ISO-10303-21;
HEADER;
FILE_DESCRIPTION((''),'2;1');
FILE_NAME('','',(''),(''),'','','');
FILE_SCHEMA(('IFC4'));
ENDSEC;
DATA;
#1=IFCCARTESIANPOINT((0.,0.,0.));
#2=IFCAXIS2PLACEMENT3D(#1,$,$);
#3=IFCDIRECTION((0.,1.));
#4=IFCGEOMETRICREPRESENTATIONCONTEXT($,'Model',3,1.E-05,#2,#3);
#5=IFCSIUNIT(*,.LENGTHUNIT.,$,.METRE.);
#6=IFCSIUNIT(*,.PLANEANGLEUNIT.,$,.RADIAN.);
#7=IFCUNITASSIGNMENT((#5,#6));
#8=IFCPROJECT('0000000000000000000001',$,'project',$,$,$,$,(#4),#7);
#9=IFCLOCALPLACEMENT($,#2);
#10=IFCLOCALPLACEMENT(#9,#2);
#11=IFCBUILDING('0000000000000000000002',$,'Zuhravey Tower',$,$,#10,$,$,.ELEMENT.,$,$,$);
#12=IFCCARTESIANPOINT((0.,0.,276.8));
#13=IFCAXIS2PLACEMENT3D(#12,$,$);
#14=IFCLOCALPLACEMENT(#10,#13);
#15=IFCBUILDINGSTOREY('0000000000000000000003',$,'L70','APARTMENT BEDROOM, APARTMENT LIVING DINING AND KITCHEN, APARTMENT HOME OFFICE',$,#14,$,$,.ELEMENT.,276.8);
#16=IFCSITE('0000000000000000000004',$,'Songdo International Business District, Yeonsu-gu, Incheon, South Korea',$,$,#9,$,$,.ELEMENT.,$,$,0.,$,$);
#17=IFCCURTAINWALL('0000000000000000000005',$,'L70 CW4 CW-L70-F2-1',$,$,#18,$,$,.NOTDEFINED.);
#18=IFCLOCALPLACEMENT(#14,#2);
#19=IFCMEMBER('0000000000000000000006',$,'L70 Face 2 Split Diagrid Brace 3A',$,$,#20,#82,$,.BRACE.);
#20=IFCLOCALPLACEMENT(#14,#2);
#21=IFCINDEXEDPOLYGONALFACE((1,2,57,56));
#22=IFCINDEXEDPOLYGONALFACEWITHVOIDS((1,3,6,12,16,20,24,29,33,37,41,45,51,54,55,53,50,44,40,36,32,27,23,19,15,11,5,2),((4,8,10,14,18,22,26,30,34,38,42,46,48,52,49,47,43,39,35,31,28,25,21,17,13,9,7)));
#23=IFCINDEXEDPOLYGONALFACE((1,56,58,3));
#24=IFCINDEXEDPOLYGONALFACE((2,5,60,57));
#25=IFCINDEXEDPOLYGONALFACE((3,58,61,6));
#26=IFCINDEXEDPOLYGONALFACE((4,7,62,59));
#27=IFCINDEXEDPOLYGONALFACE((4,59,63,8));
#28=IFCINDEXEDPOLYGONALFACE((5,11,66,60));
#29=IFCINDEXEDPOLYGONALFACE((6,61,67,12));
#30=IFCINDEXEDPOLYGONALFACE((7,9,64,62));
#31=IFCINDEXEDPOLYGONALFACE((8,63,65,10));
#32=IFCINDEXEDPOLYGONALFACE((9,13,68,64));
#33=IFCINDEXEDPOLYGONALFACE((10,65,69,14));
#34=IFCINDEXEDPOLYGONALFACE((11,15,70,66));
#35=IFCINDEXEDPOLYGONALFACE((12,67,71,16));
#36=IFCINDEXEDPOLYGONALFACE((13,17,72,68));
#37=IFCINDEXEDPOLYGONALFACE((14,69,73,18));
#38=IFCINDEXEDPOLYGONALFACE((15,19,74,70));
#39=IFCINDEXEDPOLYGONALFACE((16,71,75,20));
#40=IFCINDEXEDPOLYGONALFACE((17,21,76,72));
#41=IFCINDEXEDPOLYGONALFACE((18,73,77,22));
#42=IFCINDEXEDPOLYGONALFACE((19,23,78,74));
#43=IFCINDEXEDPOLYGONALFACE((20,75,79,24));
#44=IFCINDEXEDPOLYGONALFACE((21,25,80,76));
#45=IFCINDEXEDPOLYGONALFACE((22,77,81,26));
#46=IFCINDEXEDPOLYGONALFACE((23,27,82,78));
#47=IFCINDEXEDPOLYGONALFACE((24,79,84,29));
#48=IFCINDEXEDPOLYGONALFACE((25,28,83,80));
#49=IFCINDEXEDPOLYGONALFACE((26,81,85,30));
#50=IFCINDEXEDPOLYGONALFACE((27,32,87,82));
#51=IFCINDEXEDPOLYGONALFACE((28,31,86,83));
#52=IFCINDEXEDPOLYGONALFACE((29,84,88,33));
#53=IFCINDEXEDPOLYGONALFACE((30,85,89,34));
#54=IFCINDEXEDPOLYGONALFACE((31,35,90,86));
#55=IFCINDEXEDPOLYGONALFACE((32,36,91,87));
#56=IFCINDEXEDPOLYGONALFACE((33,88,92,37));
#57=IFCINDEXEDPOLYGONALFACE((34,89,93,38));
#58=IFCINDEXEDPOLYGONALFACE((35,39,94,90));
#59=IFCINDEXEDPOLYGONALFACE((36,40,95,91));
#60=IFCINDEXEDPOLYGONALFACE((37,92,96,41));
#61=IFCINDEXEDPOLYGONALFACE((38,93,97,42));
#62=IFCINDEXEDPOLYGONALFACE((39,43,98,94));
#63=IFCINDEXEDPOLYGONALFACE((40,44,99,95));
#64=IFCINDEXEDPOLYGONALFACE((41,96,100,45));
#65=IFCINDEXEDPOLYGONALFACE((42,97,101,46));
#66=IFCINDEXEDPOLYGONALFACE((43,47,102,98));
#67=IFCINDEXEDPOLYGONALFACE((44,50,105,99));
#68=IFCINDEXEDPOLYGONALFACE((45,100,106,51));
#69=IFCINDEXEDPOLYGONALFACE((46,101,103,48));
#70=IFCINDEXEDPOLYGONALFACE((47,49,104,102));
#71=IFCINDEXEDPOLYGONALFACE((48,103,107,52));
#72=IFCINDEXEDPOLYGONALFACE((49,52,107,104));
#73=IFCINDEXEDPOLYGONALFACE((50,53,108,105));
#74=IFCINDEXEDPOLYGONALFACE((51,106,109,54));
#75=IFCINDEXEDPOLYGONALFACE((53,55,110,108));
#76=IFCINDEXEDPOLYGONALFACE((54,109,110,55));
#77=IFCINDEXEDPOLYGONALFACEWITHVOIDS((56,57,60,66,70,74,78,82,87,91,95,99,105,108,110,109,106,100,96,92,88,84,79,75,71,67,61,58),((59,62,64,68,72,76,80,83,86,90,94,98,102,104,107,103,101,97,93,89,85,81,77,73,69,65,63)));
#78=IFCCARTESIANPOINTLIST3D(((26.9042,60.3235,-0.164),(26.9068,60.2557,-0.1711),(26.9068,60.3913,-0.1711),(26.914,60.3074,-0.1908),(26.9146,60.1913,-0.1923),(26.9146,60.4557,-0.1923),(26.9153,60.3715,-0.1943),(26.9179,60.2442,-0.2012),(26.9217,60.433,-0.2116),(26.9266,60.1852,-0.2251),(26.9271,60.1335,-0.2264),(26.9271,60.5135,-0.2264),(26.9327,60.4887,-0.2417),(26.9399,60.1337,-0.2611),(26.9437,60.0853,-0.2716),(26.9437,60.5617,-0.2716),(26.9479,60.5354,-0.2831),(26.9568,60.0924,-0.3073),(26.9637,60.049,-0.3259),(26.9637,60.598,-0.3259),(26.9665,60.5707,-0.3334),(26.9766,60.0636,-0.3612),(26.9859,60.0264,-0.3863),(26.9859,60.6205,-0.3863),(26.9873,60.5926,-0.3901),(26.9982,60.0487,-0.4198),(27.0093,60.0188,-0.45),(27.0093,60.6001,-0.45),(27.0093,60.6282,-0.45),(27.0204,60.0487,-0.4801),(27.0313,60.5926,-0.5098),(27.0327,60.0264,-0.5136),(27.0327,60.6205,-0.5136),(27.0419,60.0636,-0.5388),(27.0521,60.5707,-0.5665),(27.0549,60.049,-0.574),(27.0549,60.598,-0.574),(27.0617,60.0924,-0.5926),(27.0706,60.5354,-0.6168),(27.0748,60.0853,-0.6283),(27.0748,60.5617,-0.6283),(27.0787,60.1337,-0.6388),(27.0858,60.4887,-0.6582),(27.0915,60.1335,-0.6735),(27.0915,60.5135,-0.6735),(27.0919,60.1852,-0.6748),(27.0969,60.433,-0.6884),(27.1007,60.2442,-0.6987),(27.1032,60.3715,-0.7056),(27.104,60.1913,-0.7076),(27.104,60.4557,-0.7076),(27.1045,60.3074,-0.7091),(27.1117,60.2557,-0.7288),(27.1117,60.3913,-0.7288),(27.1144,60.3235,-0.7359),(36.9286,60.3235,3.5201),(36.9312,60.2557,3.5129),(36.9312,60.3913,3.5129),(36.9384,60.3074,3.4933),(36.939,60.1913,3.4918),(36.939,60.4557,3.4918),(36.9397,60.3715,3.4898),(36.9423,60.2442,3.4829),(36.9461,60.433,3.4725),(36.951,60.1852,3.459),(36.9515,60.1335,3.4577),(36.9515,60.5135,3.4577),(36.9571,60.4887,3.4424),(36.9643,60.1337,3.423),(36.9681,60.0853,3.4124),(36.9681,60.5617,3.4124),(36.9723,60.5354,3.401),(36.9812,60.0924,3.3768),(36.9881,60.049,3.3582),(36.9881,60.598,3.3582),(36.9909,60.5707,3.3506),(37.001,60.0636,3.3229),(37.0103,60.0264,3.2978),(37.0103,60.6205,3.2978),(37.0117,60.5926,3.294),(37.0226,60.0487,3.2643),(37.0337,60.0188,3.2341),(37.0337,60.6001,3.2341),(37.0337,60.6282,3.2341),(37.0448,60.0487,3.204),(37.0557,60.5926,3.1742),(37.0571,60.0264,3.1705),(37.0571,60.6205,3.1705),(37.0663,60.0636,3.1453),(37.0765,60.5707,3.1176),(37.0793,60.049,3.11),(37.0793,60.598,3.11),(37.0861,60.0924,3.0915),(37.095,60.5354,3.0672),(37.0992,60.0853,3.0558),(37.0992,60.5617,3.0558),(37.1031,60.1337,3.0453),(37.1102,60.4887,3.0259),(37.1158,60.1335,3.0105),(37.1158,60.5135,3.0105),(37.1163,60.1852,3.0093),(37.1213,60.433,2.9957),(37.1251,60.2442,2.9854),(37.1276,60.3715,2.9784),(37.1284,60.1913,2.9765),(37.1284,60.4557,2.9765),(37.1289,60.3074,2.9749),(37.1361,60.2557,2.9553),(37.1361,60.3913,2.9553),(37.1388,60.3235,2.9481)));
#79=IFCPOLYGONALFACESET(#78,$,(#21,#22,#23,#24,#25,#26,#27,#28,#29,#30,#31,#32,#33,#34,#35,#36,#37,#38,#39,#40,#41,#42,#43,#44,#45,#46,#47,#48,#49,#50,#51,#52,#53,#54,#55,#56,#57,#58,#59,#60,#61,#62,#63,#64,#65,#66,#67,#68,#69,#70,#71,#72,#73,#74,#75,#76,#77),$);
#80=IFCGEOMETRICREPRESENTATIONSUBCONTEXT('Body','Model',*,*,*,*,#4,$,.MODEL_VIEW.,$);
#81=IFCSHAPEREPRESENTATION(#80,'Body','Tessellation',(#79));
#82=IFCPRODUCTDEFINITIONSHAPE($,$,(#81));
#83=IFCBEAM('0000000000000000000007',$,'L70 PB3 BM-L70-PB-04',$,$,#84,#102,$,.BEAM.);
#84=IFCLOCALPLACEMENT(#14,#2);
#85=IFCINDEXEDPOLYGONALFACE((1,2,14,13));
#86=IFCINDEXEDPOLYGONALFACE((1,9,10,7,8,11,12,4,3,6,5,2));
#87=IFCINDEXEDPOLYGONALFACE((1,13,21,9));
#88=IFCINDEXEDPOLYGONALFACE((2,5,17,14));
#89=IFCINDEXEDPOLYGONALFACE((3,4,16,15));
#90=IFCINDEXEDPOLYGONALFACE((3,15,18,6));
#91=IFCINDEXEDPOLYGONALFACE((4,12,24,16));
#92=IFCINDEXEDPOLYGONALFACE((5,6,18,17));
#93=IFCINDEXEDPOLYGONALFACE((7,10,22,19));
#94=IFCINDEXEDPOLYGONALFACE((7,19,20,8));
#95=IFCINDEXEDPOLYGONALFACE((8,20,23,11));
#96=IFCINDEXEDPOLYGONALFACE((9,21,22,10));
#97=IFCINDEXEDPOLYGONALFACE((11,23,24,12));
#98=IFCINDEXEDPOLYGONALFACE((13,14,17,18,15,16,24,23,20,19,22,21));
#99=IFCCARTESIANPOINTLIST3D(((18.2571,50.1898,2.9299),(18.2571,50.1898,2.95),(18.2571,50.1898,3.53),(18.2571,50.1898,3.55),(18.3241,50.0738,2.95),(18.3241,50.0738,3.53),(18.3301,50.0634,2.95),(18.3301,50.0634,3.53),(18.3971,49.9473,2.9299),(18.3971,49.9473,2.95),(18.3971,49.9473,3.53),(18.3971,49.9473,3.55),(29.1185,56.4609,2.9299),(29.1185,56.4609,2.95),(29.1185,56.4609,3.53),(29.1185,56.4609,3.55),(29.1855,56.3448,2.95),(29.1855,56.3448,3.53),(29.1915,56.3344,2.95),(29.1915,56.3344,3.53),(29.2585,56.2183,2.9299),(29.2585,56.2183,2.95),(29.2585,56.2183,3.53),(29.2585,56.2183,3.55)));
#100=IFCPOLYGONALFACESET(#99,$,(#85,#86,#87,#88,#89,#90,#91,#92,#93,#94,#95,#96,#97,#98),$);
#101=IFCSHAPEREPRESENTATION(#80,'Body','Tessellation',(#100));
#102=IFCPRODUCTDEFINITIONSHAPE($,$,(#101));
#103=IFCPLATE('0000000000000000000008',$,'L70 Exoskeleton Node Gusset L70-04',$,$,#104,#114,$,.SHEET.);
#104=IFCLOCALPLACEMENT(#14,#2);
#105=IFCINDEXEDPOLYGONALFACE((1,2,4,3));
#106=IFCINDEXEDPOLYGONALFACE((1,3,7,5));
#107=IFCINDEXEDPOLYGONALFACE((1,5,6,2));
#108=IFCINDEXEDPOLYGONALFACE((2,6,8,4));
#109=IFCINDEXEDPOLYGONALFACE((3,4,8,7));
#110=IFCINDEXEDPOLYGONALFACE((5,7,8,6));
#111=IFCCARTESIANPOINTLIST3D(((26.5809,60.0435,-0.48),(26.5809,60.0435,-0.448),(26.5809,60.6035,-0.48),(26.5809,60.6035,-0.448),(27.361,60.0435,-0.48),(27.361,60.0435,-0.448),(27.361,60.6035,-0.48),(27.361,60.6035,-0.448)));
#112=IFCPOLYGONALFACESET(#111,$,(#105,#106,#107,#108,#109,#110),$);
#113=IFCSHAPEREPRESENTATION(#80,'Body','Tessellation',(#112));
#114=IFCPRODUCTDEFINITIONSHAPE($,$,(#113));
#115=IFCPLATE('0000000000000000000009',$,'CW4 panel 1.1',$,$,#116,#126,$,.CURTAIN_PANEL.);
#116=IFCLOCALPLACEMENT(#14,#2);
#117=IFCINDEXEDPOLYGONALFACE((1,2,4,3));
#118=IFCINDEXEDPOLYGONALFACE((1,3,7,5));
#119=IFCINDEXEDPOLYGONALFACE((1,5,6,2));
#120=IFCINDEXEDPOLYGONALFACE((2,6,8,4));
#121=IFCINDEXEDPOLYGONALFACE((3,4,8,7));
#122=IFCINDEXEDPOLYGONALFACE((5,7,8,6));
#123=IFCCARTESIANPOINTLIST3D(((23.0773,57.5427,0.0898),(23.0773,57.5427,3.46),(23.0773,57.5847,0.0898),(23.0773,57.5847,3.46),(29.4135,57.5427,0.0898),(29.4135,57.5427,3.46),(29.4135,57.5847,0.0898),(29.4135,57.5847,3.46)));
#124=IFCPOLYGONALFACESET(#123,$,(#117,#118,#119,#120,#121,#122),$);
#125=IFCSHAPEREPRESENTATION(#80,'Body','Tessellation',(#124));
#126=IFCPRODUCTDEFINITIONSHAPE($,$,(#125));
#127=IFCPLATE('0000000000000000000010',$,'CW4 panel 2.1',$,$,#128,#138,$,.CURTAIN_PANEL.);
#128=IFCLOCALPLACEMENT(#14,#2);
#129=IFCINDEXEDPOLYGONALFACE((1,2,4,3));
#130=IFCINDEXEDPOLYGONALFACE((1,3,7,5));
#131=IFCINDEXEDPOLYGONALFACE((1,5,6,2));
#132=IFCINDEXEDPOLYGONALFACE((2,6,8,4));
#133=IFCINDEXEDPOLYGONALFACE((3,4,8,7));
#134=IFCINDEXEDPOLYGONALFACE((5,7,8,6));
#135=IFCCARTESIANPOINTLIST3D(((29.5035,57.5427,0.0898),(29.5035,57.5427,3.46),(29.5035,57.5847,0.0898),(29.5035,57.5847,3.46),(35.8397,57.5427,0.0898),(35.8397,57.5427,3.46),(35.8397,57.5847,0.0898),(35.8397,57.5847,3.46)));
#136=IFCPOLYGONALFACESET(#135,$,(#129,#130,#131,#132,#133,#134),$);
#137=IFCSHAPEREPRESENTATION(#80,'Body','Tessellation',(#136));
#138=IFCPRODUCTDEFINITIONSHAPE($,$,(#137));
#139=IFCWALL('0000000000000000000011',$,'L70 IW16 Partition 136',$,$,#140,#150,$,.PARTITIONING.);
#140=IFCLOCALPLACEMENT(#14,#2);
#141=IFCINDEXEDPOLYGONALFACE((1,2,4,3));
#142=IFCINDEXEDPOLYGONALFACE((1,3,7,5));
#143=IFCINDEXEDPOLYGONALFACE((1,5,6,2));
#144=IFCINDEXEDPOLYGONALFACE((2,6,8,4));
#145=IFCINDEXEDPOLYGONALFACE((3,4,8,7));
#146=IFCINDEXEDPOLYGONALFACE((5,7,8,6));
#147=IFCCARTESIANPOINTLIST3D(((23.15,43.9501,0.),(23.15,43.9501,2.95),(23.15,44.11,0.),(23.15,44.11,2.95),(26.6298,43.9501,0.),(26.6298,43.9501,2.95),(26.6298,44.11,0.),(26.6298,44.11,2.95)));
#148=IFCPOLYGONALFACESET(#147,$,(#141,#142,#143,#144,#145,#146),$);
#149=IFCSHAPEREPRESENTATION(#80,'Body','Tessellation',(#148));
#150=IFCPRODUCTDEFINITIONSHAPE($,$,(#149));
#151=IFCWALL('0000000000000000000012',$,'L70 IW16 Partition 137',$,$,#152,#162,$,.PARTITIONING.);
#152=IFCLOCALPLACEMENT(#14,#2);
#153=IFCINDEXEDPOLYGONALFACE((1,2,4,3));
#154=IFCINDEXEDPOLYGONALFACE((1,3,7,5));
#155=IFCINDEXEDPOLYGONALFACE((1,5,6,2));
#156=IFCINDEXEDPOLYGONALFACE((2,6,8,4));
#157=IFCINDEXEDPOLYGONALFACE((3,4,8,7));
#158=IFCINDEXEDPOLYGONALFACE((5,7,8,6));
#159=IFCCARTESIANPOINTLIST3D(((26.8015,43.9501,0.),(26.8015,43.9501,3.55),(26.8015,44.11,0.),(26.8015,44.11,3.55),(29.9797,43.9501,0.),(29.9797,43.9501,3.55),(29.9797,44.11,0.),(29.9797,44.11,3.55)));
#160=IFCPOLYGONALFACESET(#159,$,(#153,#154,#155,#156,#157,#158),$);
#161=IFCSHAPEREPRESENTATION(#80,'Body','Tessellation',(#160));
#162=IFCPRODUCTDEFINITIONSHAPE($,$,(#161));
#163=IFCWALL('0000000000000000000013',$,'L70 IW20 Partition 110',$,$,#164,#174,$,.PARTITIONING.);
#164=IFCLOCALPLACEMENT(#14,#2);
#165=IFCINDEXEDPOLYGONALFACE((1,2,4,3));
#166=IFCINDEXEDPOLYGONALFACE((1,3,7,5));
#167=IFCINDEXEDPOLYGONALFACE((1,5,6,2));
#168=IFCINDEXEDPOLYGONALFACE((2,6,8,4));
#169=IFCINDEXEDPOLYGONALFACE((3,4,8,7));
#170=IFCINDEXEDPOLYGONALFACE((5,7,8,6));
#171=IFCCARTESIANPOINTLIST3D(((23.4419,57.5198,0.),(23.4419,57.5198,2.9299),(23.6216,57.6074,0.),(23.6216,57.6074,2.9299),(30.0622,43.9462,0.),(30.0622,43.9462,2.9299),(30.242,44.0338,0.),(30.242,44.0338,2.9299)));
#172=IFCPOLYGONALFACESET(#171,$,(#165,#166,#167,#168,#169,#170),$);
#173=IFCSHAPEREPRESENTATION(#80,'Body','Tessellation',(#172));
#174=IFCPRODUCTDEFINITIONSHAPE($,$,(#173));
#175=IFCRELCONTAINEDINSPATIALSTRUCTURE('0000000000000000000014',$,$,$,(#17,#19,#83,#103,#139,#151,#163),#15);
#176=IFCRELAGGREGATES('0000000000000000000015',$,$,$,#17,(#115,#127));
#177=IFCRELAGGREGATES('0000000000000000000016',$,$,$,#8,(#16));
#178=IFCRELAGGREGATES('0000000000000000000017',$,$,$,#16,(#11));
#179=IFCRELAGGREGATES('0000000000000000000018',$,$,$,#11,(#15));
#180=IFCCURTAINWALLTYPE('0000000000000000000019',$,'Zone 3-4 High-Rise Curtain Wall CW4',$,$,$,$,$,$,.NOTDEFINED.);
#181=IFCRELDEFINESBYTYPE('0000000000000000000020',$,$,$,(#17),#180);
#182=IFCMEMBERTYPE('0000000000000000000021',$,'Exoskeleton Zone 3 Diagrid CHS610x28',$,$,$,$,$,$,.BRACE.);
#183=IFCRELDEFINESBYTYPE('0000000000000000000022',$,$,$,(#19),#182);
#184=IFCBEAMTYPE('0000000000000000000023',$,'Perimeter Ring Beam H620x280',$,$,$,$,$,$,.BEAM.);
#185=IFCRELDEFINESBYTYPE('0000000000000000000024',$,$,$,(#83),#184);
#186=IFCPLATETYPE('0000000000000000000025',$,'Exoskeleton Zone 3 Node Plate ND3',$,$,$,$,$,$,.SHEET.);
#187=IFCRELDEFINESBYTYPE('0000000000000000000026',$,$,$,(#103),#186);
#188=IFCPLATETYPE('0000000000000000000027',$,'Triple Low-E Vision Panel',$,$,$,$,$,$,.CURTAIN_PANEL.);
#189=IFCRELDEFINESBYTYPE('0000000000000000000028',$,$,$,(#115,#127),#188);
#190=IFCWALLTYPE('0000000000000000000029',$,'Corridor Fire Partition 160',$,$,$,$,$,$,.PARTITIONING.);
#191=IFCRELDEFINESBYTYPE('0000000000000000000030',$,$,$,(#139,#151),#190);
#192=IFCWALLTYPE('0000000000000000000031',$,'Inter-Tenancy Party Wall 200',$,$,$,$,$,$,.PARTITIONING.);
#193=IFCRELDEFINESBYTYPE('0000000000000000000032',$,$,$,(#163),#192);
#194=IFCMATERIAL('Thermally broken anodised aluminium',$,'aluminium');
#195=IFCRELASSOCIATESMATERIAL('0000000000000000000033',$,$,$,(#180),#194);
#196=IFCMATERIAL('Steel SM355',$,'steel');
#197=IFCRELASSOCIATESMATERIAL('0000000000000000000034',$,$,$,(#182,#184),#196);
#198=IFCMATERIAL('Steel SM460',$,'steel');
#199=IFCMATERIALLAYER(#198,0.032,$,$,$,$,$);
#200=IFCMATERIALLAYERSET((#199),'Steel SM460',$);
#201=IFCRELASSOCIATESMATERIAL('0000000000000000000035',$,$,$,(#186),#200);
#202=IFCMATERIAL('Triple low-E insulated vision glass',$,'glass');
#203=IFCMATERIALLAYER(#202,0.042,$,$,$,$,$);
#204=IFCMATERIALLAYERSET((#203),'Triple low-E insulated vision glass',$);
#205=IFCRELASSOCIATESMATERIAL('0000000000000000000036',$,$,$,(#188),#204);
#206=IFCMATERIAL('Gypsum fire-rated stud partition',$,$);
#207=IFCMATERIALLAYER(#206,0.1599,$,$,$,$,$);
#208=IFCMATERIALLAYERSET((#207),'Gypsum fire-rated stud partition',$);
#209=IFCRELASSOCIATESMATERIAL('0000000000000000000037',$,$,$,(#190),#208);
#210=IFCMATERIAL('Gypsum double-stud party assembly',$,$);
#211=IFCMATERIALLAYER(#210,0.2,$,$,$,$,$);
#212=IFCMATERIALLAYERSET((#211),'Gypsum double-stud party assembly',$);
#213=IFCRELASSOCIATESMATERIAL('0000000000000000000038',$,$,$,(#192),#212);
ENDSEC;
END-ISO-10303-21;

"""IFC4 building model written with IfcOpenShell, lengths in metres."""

from ifc_helpers import new_model, si_unit, direction, frame, frame_2d, origin, origin_2d, place, context, subcontext, project, spatial, rectangle, hollow_circle, i_section, extrude, material, layer, layer_set, material_profile, profile_set, type_object, element, aggregate, save


model = new_model("IFC4")

# Units and contexts
model_context = context("Model", 3, precision=1e-05, world=origin(), true_north=direction((0.0, 1.0)))
body_context = subcontext(model_context, "Body", "Model", "MODEL_VIEW")
ifc_project = project(units=[si_unit("LENGTHUNIT", "METRE"), si_unit("PLANEANGLEUNIT", "RADIAN")], contexts=[model_context])

# Site, building, storey
site_placement = place(None, origin())
site = spatial("IfcSite", under=ifc_project, at=site_placement, Name="Songdo International Business District, Yeonsu-gu, Incheon, South Korea", CompositionType="ELEMENT", RefElevation=0.0)
building_placement = place(site_placement, origin())
building = spatial("IfcBuilding", under=site, at=building_placement, Name="Zuhravey Tower", CompositionType="ELEMENT")
storey_placement = place(building_placement, frame((0.0, 0.0, 276.8)))
storey = spatial("IfcBuildingStorey", under=building, at=storey_placement, Name="L70", Description="APARTMENT BEDROOM, APARTMENT LIVING DINING AND KITCHEN, APARTMENT HOME OFFICE", CompositionType="ELEMENT", Elevation=276.8)

# Curtain wall
ifc_material_1 = material(Name="Thermally broken anodised aluminium", Category="aluminium")
curtain_wall_type = type_object("IfcCurtainWallType", Name="Zone 3-4 High-Rise Curtain Wall CW4", PredefinedType="NOTDEFINED", material=ifc_material_1)
curtain_wall_placement = place(storey_placement, origin())
curtain_wall = element("IfcCurtainWall", 1, at=curtain_wall_placement, inside=storey, type_object=curtain_wall_type, Name="L70 CW4 CW-L70-F2-1", PredefinedType="NOTDEFINED")

# Member
ifc_material_2 = material(Name="Steel SM355", Category="steel")
ifc_material_profile_1 = material_profile(ifc_material_2, hollow_circle(Radius=0.3047, WallThickness=0.0281, at=origin_2d()), Name="CHS-609.6x28")
ifc_profile_set_1 = profile_set([ifc_material_profile_1], Name="Steel SM355")
member_type_1 = type_object("IfcMemberType", Name="Exoskeleton Zone 3 Diagrid CHS610x28", PredefinedType="BRACE", material=ifc_profile_set_1)
member_1_placement = place(storey_placement, frame((27.0093, 60.3235, -0.45), z_axis=(0.93862, 0.0, 0.344953), x_axis=(0.0, 1.0, 0.0)))
element("IfcMember", 2, at=member_1_placement, inside=storey, type_object=member_type_1, Name="L70 Face 2 Split Diagrid Brace 3A", PredefinedType="BRACE", context=body_context, shape_type="SweptSolid", body=[
    extrude(hollow_circle(Radius=0.3047, WallThickness=0.0281, at=origin_2d()), origin(), (0.0, 0.0, 1.0), 10.6799),
])

# Beam
ifc_material_profile_2 = material_profile(ifc_material_2, i_section(OverallWidth=0.28, OverallDepth=0.6201, WebThickness=0.012, FlangeThickness=0.02, at=origin_2d()), Name="H-620x280x12x20")
ifc_profile_set_2 = profile_set([ifc_material_profile_2], Name="Steel SM355")
beam_type = type_object("IfcBeamType", Name="Perimeter Ring Beam H620x280", PredefinedType="BEAM", material=ifc_profile_set_2)
beam_placement = place(storey_placement, frame((29.1885, 56.3396, 3.24), z_axis=(-0.866018, -0.500012, 0.0), x_axis=(0.500012, -0.866018, 0.0)))
element("IfcBeam", 3, at=beam_placement, inside=storey, type_object=beam_type, Name="L70 PB3 BM-L70-PB-04", PredefinedType="BEAM", context=body_context, shape_type="SweptSolid", body=[
    extrude(i_section(OverallWidth=0.28, OverallDepth=0.6201, WebThickness=0.012, FlangeThickness=0.02, at=origin_2d()), origin(), (0.0, 0.0, 1.0), 12.5417),
])

# Plates
ifc_material_3 = material(Name="Steel SM460", Category="steel")
ifc_layer_1 = layer(ifc_material_3, 0.032)
ifc_layer_set_1 = layer_set([ifc_layer_1], Name="Steel SM460")
plate_type_1 = type_object("IfcPlateType", Name="Exoskeleton Zone 3 Node Plate ND3", PredefinedType="SHEET", material=ifc_layer_set_1)
plate_1_placement = place(storey_placement, frame((26.9709, 60.3235, -0.48), z_axis=(0.0, 0.0, 1.0), x_axis=(-1.0, 0.0, 0.0)))
element("IfcPlate", 4, at=plate_1_placement, inside=storey, type_object=plate_type_1, Name="L70 Exoskeleton Node Gusset L70-04", PredefinedType="SHEET", context=body_context, shape_type="SweptSolid", body=[
    extrude(rectangle(XDim=0.78, YDim=0.5601, at=origin_2d()), origin(), (0.0, 0.0, 1.0), 0.032),
])
ifc_material_4 = material(Name="Triple low-E insulated vision glass", Category="glass")
ifc_layer_2 = layer(ifc_material_4, 0.042)
ifc_layer_set_2 = layer_set([ifc_layer_2], Name="Triple low-E insulated vision glass")
plate_type_2 = type_object("IfcPlateType", Name="Triple Low-E Vision Panel", PredefinedType="CURTAIN_PANEL", material=ifc_layer_set_2)
plate_2_placement = place(storey_placement, frame((26.2454, 57.5637, 0.0898), z_axis=(0.0, 0.0, 1.0), x_axis=(1.0, 0.0, 0.0)))
plate_2 = element("IfcPlate", 5, at=plate_2_placement, type_object=plate_type_2, Name="CW4 panel 1.1", PredefinedType="CURTAIN_PANEL", context=body_context, shape_type="SweptSolid", body=[
    extrude(rectangle(XDim=6.3362, YDim=0.042, at=origin_2d()), origin(), (0.0, 0.0, 1.0), 3.3701),
])
plate_3_placement = place(storey_placement, frame((32.6716, 57.5637, 0.0898), z_axis=(0.0, 0.0, 1.0), x_axis=(1.0, 0.0, 0.0)))
plate_3 = element("IfcPlate", 6, at=plate_3_placement, type_object=plate_type_2, Name="CW4 panel 2.1", PredefinedType="CURTAIN_PANEL", context=body_context, shape_type="SweptSolid", body=[
    extrude(rectangle(XDim=6.3362, YDim=0.042, at=origin_2d()), origin(), (0.0, 0.0, 1.0), 3.3701),
])
aggregate(curtain_wall, [plate_2, plate_3])

# Walls
ifc_material_5 = material(Name="Gypsum fire-rated stud partition")
ifc_layer_3 = layer(ifc_material_5, 0.1599)
ifc_layer_set_3 = layer_set([ifc_layer_3], Name="Gypsum fire-rated stud partition")
wall_type_1 = type_object("IfcWallType", Name="Corridor Fire Partition 160", PredefinedType="PARTITIONING", material=ifc_layer_set_3)
wall_1_placement = place(storey_placement, frame((26.6296, 44.03, 0.0), z_axis=(0.0, 0.0, 1.0), x_axis=(-1.0, 0.0, 0.0)))
element("IfcWall", 7, at=wall_1_placement, inside=storey, type_object=wall_type_1, Name="L70 IW16 Partition 136", PredefinedType="PARTITIONING", context=body_context, shape_type="SweptSolid", body=[
    extrude(rectangle(XDim=3.4797, YDim=0.1599, at=frame_2d((1.7397, 0.0))), origin(), (0.0, 0.0, 1.0), 2.95),
])
wall_2_placement = place(storey_placement, frame((29.9797, 44.03, 0.0), z_axis=(0.0, 0.0, 1.0), x_axis=(-1.0, 0.0, 0.0)))
element("IfcWall", 8, at=wall_2_placement, inside=storey, type_object=wall_type_1, Name="L70 IW16 Partition 137", PredefinedType="PARTITIONING", context=body_context, shape_type="SweptSolid", body=[
    extrude(rectangle(XDim=3.1782, YDim=0.1599, at=frame_2d((1.5891, 0.0))), origin(), (0.0, 0.0, 1.0), 3.55),
])
ifc_material_6 = material(Name="Gypsum double-stud party assembly")
ifc_layer_4 = layer(ifc_material_6, 0.2)
ifc_layer_set_4 = layer_set([ifc_layer_4], Name="Gypsum double-stud party assembly")
wall_type_2 = type_object("IfcWallType", Name="Inter-Tenancy Party Wall 200", PredefinedType="PARTITIONING", material=ifc_layer_set_4)
wall_3_placement = place(storey_placement, frame((30.1521, 43.99, 0.0), z_axis=(0.0, 0.0, 1.0), x_axis=(-0.438372, 0.898794, 0.0)))
element("IfcWall", 9, at=wall_3_placement, inside=storey, type_object=wall_type_2, Name="L70 IW20 Partition 110", PredefinedType="PARTITIONING", context=body_context, shape_type="SweptSolid", body=[
    extrude(rectangle(XDim=15.1021, YDim=0.2, at=frame_2d((7.551, 0.0))), origin(), (0.0, 0.0, 1.0), 2.9299),
])

save(model, "model.ifc")
